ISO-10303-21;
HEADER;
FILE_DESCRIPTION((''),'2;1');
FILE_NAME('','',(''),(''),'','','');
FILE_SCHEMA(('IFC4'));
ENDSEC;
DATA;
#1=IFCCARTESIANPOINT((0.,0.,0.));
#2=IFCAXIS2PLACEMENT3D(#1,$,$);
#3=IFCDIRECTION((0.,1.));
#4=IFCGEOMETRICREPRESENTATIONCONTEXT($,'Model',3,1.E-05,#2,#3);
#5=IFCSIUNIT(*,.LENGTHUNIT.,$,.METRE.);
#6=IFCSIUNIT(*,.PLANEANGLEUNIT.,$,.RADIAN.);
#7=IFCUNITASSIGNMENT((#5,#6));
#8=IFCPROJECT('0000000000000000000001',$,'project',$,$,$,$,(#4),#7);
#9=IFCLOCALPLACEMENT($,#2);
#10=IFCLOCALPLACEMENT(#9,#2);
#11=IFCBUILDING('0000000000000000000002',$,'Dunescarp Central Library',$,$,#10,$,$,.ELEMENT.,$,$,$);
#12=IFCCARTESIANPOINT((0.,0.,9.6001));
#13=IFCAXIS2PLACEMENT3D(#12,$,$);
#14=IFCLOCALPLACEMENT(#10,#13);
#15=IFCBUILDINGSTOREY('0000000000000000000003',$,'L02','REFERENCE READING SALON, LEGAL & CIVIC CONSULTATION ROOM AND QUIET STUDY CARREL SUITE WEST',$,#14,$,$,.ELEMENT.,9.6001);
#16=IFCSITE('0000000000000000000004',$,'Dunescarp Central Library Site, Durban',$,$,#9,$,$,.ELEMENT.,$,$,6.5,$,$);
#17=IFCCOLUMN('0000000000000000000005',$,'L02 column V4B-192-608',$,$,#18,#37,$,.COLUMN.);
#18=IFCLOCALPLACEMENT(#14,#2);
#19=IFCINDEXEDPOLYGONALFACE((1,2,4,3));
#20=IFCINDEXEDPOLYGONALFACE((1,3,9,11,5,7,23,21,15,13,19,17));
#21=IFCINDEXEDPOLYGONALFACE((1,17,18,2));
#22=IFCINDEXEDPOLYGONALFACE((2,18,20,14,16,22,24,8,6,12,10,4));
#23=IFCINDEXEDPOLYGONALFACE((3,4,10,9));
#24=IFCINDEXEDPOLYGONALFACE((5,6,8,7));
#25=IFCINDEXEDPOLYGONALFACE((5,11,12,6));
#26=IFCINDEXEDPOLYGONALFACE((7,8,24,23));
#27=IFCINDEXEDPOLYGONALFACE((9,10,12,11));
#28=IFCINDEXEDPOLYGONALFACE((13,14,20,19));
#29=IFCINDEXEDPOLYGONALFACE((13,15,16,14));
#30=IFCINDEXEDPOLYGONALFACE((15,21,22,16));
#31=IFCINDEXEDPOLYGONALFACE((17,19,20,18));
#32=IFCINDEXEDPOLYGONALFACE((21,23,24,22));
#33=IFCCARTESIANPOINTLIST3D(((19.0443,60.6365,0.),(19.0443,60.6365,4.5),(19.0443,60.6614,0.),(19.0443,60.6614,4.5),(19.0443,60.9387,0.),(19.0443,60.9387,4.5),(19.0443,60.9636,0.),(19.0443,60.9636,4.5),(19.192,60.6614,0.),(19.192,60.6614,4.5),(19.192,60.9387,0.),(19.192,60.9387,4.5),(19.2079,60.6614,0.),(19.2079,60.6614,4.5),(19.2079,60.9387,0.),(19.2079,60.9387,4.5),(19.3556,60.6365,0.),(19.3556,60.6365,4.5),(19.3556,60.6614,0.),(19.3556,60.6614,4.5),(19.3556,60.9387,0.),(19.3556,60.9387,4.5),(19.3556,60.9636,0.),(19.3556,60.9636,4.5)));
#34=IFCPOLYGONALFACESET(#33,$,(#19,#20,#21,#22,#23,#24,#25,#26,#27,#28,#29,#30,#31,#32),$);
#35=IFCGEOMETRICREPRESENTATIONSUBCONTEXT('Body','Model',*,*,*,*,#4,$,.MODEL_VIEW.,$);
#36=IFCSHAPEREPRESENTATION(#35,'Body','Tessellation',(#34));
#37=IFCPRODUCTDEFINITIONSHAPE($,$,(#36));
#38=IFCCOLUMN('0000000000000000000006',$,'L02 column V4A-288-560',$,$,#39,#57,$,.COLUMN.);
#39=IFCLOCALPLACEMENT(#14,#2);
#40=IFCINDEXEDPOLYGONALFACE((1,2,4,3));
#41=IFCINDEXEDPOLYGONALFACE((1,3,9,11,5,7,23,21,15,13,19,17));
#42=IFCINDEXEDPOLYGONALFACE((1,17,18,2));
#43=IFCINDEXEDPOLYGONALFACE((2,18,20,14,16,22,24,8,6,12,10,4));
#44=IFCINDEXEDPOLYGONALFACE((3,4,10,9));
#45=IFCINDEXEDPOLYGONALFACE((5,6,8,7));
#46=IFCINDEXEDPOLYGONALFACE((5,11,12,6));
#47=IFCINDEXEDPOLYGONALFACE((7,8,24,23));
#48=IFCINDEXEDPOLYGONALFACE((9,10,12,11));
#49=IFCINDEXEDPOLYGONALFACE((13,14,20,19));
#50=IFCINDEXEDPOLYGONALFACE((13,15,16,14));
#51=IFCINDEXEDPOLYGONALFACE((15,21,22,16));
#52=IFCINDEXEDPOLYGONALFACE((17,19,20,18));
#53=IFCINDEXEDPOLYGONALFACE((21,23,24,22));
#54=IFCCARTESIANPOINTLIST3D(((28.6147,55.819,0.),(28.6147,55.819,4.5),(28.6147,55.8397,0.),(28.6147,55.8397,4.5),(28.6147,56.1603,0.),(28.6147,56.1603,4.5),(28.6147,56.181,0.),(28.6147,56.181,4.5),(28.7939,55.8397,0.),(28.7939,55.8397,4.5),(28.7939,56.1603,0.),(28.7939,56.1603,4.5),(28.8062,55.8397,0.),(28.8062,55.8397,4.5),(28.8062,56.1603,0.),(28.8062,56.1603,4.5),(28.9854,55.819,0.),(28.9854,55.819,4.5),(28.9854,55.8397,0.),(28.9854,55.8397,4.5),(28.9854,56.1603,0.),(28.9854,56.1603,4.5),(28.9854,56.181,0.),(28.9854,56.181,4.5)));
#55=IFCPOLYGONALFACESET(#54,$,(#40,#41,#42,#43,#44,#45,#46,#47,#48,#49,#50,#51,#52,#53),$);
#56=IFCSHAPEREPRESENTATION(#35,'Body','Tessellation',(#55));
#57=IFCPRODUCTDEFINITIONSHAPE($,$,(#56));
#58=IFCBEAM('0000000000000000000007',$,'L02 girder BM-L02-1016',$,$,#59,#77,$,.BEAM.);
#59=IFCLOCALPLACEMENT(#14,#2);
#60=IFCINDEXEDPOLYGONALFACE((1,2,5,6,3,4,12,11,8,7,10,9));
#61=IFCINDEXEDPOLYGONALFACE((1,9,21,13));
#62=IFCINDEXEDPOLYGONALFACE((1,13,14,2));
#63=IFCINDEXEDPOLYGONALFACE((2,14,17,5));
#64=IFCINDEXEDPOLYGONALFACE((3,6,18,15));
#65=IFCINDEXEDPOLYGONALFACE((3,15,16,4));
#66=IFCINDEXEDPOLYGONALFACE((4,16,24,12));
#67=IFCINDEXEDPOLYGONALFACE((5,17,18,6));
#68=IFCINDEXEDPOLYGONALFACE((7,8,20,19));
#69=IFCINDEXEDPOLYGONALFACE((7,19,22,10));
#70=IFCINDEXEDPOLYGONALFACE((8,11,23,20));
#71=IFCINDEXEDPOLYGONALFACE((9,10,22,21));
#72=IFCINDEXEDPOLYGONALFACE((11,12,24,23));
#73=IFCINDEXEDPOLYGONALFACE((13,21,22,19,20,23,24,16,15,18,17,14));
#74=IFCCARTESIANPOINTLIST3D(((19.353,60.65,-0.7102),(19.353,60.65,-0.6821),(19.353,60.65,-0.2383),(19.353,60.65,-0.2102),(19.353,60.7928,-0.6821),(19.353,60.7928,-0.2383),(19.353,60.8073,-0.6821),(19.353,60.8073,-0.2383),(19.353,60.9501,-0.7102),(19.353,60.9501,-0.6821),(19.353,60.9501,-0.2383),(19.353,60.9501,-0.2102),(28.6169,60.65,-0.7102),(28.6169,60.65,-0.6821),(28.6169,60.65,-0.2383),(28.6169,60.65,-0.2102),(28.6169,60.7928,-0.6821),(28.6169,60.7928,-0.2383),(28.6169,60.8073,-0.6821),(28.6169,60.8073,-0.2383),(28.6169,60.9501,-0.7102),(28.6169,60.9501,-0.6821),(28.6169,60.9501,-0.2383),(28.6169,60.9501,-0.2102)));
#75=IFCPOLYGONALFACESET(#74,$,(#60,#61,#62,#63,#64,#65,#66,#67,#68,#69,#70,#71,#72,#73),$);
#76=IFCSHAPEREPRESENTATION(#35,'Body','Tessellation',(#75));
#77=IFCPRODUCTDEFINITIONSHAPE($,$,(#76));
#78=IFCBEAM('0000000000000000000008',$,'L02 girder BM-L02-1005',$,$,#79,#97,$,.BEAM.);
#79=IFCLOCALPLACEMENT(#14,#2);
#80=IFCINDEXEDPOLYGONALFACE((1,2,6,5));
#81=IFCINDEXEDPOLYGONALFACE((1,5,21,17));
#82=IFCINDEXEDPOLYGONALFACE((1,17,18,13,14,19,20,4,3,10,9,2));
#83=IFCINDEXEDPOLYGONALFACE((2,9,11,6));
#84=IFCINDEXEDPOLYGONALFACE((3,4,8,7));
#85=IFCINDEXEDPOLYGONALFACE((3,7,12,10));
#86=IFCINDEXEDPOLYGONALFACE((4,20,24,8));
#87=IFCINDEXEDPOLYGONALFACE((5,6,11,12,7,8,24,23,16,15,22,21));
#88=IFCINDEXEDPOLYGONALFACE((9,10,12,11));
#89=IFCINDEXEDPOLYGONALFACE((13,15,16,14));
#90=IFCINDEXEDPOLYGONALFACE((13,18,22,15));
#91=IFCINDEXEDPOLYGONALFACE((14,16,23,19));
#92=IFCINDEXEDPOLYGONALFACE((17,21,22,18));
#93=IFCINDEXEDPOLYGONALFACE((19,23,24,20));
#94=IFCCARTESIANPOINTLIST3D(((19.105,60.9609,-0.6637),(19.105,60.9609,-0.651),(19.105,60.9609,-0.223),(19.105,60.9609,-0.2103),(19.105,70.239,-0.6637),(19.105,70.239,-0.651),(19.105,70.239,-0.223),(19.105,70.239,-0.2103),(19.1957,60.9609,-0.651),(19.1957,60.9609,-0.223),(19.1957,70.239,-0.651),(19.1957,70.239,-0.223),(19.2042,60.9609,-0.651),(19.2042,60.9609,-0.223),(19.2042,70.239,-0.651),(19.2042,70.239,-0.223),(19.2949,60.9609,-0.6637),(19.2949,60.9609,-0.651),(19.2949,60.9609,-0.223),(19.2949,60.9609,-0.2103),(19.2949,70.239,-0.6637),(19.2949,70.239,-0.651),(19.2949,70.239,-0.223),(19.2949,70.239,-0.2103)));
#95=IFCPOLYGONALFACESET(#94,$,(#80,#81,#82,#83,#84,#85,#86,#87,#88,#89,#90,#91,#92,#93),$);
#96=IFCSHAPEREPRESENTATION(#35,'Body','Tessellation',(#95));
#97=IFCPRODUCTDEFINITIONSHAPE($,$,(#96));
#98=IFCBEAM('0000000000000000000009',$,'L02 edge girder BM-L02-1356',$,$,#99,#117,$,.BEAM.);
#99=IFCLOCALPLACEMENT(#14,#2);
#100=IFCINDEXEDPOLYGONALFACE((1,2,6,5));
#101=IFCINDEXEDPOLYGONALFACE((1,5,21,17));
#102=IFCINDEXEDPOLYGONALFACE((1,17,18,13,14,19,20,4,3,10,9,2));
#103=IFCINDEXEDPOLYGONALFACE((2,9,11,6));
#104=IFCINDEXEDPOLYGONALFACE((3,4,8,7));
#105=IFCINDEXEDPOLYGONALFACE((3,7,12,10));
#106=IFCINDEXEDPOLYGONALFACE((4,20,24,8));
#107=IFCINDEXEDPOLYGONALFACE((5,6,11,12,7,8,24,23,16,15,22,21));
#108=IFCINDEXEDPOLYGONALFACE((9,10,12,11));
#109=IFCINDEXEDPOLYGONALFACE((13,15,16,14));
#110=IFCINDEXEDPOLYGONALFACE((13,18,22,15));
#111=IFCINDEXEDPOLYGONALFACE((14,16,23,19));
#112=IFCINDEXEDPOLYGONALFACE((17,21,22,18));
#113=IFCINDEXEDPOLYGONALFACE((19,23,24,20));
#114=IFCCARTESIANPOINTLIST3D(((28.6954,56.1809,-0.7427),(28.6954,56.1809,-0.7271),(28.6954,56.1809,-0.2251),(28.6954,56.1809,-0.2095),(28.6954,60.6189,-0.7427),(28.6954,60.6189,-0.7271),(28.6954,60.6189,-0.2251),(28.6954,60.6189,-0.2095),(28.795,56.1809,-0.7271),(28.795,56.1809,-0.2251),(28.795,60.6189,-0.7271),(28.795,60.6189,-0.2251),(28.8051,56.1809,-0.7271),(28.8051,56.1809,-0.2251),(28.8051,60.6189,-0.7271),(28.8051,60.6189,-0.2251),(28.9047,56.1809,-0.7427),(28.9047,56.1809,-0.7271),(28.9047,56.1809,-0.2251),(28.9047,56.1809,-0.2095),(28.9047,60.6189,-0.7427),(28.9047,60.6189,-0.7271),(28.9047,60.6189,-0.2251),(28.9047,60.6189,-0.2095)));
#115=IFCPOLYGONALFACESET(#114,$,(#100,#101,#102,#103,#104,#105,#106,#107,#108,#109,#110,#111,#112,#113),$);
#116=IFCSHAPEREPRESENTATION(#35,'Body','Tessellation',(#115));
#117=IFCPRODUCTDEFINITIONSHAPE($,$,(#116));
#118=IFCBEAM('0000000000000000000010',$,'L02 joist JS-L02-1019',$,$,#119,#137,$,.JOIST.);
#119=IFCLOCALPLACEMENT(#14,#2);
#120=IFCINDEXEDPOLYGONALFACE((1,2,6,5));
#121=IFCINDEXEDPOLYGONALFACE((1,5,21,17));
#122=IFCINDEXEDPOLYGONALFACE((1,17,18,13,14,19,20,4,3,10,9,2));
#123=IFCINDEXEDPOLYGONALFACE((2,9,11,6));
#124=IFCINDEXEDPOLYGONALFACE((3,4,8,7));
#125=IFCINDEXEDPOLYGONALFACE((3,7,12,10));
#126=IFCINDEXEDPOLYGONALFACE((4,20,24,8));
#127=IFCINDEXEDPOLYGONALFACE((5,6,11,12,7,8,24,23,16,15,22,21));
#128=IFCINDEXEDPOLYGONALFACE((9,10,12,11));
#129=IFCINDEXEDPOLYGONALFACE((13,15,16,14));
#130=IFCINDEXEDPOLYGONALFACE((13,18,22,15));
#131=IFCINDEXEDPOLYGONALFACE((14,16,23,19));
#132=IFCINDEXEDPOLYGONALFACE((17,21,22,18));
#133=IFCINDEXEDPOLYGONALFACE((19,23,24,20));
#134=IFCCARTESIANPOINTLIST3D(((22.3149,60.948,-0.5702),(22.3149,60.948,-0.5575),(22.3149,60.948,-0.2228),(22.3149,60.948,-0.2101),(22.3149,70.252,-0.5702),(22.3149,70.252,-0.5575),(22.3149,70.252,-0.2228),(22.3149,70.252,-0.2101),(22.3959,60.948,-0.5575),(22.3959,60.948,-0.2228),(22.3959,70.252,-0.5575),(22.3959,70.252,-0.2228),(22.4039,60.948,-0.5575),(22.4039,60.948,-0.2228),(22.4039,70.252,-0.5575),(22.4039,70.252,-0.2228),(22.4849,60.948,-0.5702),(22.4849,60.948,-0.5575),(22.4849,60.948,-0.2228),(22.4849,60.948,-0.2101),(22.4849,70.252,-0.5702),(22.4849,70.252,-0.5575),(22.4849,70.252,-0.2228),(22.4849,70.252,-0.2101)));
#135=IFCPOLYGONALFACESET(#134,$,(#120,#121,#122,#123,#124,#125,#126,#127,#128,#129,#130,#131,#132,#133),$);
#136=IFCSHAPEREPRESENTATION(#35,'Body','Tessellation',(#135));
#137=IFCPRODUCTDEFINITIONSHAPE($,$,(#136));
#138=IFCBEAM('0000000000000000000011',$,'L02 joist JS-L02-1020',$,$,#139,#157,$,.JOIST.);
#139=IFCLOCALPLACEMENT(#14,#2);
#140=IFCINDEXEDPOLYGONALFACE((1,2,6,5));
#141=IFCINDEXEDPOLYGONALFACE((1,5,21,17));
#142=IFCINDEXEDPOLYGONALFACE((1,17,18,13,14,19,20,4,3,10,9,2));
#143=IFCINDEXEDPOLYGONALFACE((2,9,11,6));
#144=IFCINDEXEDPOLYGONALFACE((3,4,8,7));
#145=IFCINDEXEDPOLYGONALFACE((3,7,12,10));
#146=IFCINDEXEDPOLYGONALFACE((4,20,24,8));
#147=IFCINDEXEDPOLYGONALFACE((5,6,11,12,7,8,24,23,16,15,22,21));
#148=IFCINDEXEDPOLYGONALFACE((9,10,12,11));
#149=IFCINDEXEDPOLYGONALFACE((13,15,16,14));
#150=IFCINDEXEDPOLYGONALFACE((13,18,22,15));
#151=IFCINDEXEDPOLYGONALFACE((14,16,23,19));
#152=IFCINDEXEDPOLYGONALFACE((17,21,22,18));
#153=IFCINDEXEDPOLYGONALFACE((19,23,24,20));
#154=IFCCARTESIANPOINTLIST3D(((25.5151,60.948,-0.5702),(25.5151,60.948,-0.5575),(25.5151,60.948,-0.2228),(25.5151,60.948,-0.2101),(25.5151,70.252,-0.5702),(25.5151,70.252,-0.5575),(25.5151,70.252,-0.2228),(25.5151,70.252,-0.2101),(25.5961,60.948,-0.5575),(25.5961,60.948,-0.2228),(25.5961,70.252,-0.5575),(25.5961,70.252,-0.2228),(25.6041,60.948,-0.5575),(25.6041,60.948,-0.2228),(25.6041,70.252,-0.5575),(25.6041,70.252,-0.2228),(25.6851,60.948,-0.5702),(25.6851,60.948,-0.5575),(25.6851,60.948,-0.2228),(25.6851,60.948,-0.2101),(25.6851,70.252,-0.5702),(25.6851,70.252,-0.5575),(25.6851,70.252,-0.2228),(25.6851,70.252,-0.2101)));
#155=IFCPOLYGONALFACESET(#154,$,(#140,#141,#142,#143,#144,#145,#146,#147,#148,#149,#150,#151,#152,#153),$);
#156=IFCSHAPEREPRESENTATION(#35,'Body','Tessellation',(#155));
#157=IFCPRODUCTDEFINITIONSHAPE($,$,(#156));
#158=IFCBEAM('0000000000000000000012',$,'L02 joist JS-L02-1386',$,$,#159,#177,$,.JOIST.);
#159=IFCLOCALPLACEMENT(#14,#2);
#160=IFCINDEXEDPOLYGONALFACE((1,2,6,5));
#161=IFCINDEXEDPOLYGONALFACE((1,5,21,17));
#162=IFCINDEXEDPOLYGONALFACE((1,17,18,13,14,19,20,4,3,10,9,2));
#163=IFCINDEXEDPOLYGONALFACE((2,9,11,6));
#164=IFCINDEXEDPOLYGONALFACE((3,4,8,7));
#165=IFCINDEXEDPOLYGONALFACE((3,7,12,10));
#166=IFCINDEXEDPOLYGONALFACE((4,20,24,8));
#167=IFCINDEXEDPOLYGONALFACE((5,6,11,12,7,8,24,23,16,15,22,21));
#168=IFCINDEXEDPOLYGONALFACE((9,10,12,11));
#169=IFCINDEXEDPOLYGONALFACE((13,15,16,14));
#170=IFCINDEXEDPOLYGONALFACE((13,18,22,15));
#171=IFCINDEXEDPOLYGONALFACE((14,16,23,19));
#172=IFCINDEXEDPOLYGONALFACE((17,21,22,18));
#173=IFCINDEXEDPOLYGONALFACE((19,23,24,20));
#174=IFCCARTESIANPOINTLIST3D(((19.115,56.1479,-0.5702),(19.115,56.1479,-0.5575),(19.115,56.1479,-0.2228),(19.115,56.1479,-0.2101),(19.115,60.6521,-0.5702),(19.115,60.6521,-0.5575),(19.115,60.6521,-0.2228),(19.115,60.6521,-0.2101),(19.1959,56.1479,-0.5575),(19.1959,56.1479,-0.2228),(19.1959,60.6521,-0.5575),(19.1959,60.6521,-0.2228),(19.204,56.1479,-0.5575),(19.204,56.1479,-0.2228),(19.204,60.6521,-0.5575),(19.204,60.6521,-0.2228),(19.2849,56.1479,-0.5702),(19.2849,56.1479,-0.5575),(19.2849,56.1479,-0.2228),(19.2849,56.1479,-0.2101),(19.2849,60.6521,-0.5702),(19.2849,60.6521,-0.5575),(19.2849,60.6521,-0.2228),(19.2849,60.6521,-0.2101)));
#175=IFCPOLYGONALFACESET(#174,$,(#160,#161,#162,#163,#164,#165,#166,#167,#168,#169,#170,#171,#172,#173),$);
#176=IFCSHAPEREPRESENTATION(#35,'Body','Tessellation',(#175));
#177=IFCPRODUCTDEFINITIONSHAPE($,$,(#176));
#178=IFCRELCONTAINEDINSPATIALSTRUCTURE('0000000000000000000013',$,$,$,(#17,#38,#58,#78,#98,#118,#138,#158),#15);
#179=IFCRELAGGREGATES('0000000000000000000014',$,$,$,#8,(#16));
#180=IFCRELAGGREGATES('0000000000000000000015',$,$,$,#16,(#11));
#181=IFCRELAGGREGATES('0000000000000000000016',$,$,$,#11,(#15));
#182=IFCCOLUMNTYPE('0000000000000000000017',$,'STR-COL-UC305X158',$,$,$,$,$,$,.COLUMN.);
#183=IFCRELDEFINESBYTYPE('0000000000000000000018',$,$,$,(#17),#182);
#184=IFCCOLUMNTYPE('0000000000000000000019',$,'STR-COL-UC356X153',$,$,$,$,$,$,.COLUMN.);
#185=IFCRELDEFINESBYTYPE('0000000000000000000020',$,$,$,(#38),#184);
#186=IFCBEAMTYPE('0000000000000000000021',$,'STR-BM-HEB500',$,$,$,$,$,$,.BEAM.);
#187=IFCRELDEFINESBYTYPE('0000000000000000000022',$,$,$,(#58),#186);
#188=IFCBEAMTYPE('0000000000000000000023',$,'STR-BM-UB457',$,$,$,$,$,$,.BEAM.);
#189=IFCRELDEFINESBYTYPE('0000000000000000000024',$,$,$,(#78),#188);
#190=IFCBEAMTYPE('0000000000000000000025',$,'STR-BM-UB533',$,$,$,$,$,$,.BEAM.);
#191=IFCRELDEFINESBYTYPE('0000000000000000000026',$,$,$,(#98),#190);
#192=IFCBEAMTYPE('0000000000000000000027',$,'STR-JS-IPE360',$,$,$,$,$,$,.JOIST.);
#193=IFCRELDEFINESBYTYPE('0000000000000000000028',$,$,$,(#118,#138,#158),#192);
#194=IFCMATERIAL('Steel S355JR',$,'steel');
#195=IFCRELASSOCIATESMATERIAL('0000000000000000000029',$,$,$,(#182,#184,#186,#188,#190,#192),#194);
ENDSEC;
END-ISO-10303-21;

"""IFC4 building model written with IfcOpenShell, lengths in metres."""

from ifc_helpers import new_model, si_unit, direction, frame, origin, origin_2d, place, context, subcontext, project, spatial, i_section, extrude, material, material_profile, profile_set, type_object, element, save


model = new_model("IFC4")

# Units and contexts
model_context = context("Model", 3, precision=1e-05, world=origin(), true_north=direction((0.0, 1.0)))
body_context = subcontext(model_context, "Body", "Model", "MODEL_VIEW")
ifc_project = project(units=[si_unit("LENGTHUNIT", "METRE"), si_unit("PLANEANGLEUNIT", "RADIAN")], contexts=[model_context])

# Site, building, storey
site_placement = place(None, origin())
site = spatial("IfcSite", under=ifc_project, at=site_placement, Name="Dunescarp Central Library Site, Durban", CompositionType="ELEMENT", RefElevation=6.5)
building_placement = place(site_placement, origin())
building = spatial("IfcBuilding", under=site, at=building_placement, Name="Dunescarp Central Library", CompositionType="ELEMENT")
storey_placement = place(building_placement, frame((0.0, 0.0, 9.6001)))
storey = spatial("IfcBuildingStorey", under=building, at=storey_placement, Name="L02", Description="REFERENCE READING SALON, LEGAL & CIVIC CONSULTATION ROOM AND QUIET STUDY CARREL SUITE WEST", CompositionType="ELEMENT", Elevation=9.6001)

# Columns
ifc_material_1 = material(Name="Steel S355JR", Category="steel")
ifc_material_profile_1 = material_profile(ifc_material_1, i_section(OverallWidth=0.3113, OverallDepth=0.3271, WebThickness=0.0159, FlangeThickness=0.0249, at=origin_2d()), Name="UC 305x305x158")
ifc_profile_set_1 = profile_set([ifc_material_profile_1], Name="Steel S355JR")
column_type_1 = type_object("IfcColumnType", Name="STR-COL-UC305X158", PredefinedType="COLUMN", material=ifc_profile_set_1)
column_1_placement = place(storey_placement, frame((19.2, 60.8, 0.0), z_axis=(0.0, 0.0, 1.0), x_axis=(1.0, 0.0, 0.0)))
element("IfcColumn", 1, at=column_1_placement, inside=storey, type_object=column_type_1, Name="L02 column V4B-192-608", PredefinedType="COLUMN", context=body_context, shape_type="SweptSolid", body=[
    extrude(i_section(OverallWidth=0.3113, OverallDepth=0.3271, WebThickness=0.0159, FlangeThickness=0.0249, at=origin_2d()), origin(), (0.0, 0.0, 1.0), 4.5),
])
ifc_material_profile_2 = material_profile(ifc_material_1, i_section(OverallWidth=0.3706, OverallDepth=0.3621, WebThickness=0.0122, FlangeThickness=0.0208, at=origin_2d()), Name="UC 356x368x153")
ifc_profile_set_2 = profile_set([ifc_material_profile_2], Name="Steel S355JR")
column_type_2 = type_object("IfcColumnType", Name="STR-COL-UC356X153", PredefinedType="COLUMN", material=ifc_profile_set_2)
column_2_placement = place(storey_placement, frame((28.8, 56.0, 0.0), z_axis=(0.0, 0.0, 1.0), x_axis=(1.0, 0.0, 0.0)))
element("IfcColumn", 2, at=column_2_placement, inside=storey, type_object=column_type_2, Name="L02 column V4A-288-560", PredefinedType="COLUMN", context=body_context, shape_type="SweptSolid", body=[
    extrude(i_section(OverallWidth=0.3706, OverallDepth=0.3621, WebThickness=0.0122, FlangeThickness=0.0208, at=origin_2d()), origin(), (0.0, 0.0, 1.0), 4.5),
])

# Beams
ifc_material_profile_3 = material_profile(ifc_material_1, i_section(OverallWidth=0.3, OverallDepth=0.5, WebThickness=0.0144, FlangeThickness=0.0281, at=origin_2d()), Name="HEB 500")
ifc_profile_set_3 = profile_set([ifc_material_profile_3], Name="Steel S355JR")
beam_type_1 = type_object("IfcBeamType", Name="STR-BM-HEB500", PredefinedType="BEAM", material=ifc_profile_set_3)
beam_1_placement = place(storey_placement, frame((19.353, 60.8, -0.4602), z_axis=(1.0, 0.0, 0.0), x_axis=(0.0, 1.0, 0.0)))
element("IfcBeam", 3, at=beam_1_placement, inside=storey, type_object=beam_type_1, Name="L02 girder BM-L02-1016", PredefinedType="BEAM", context=body_context, shape_type="SweptSolid", body=[
    extrude(i_section(OverallWidth=0.3, OverallDepth=0.5, WebThickness=0.0144, FlangeThickness=0.0281, at=origin_2d()), origin(), (0.0, 0.0, 1.0), 9.2639),
])
ifc_material_profile_4 = material_profile(ifc_material_1, i_section(OverallWidth=0.1899, OverallDepth=0.4534, WebThickness=0.0085, FlangeThickness=0.0127, at=origin_2d()), Name="UB 457x191x67")
ifc_profile_set_4 = profile_set([ifc_material_profile_4], Name="Steel S355JR")
beam_type_2 = type_object("IfcBeamType", Name="STR-BM-UB457", PredefinedType="BEAM", material=ifc_profile_set_4)
beam_2_placement = place(storey_placement, frame((19.2, 60.9609, -0.437), z_axis=(0.0, 1.0, 0.0), x_axis=(-1.0, 0.0, 0.0)))
element("IfcBeam", 4, at=beam_2_placement, inside=storey, type_object=beam_type_2, Name="L02 girder BM-L02-1005", PredefinedType="BEAM", context=body_context, shape_type="SweptSolid", body=[
    extrude(i_section(OverallWidth=0.1899, OverallDepth=0.4534, WebThickness=0.0085, FlangeThickness=0.0127, at=origin_2d()), origin(), (0.0, 0.0, 1.0), 9.2781),
])
ifc_material_profile_5 = material_profile(ifc_material_1, i_section(OverallWidth=0.2092, OverallDepth=0.5332, WebThickness=0.01, FlangeThickness=0.0156, at=origin_2d()), Name="UB 533x210x92")
ifc_profile_set_5 = profile_set([ifc_material_profile_5], Name="Steel S355JR")
beam_type_3 = type_object("IfcBeamType", Name="STR-BM-UB533", PredefinedType="BEAM", material=ifc_profile_set_5)
beam_3_placement = place(storey_placement, frame((28.8, 56.1809, -0.4761), z_axis=(0.0, 1.0, 0.0), x_axis=(-1.0, 0.0, 0.0)))
element("IfcBeam", 5, at=beam_3_placement, inside=storey, type_object=beam_type_3, Name="L02 edge girder BM-L02-1356", PredefinedType="BEAM", context=body_context, shape_type="SweptSolid", body=[
    extrude(i_section(OverallWidth=0.2092, OverallDepth=0.5332, WebThickness=0.01, FlangeThickness=0.0156, at=origin_2d()), origin(), (0.0, 0.0, 1.0), 4.438),
])
ifc_material_profile_6 = material_profile(ifc_material_1, i_section(OverallWidth=0.1699, OverallDepth=0.3601, WebThickness=0.0081, FlangeThickness=0.0127, at=origin_2d()), Name="IPE 360")
ifc_profile_set_6 = profile_set([ifc_material_profile_6], Name="Steel S355JR")
beam_type_4 = type_object("IfcBeamType", Name="STR-JS-IPE360", PredefinedType="JOIST", material=ifc_profile_set_6)
for number, where, z_axis, x_axis, name in (
    (6, (22.3999, 60.948, -0.3901), (0.0, 1.0, 0.0), (-1.0, 0.0, 0.0), "L02 joist JS-L02-1019"),
    (7, (25.6001, 60.948, -0.3901), (0.0, 1.0, 0.0), (-1.0, 0.0, 0.0), "L02 joist JS-L02-1020"),
):
    element("IfcBeam", number, at=place(storey_placement, frame(where, z_axis=z_axis, x_axis=x_axis)), inside=storey, type_object=beam_type_4, Name=name, PredefinedType="JOIST", context=body_context, shape_type="SweptSolid", body=[
        extrude(i_section(OverallWidth=0.1699, OverallDepth=0.3601, WebThickness=0.0081, FlangeThickness=0.0127, at=origin_2d()), origin(), (0.0, 0.0, 1.0), 9.304),
    ])
for number, where, z_axis, x_axis, name in (
    (8, (19.2, 56.1479, -0.3901), (0.0, 1.0, 0.0), (-1.0, 0.0, 0.0), "L02 joist JS-L02-1386"),
):
    element("IfcBeam", number, at=place(storey_placement, frame(where, z_axis=z_axis, x_axis=x_axis)), inside=storey, type_object=beam_type_4, Name=name, PredefinedType="JOIST", context=body_context, shape_type="SweptSolid", body=[
        extrude(i_section(OverallWidth=0.1699, OverallDepth=0.3601, WebThickness=0.0081, FlangeThickness=0.0127, at=origin_2d()), origin(), (0.0, 0.0, 1.0), 4.5042),
    ])

save(model, "model.ifc")
